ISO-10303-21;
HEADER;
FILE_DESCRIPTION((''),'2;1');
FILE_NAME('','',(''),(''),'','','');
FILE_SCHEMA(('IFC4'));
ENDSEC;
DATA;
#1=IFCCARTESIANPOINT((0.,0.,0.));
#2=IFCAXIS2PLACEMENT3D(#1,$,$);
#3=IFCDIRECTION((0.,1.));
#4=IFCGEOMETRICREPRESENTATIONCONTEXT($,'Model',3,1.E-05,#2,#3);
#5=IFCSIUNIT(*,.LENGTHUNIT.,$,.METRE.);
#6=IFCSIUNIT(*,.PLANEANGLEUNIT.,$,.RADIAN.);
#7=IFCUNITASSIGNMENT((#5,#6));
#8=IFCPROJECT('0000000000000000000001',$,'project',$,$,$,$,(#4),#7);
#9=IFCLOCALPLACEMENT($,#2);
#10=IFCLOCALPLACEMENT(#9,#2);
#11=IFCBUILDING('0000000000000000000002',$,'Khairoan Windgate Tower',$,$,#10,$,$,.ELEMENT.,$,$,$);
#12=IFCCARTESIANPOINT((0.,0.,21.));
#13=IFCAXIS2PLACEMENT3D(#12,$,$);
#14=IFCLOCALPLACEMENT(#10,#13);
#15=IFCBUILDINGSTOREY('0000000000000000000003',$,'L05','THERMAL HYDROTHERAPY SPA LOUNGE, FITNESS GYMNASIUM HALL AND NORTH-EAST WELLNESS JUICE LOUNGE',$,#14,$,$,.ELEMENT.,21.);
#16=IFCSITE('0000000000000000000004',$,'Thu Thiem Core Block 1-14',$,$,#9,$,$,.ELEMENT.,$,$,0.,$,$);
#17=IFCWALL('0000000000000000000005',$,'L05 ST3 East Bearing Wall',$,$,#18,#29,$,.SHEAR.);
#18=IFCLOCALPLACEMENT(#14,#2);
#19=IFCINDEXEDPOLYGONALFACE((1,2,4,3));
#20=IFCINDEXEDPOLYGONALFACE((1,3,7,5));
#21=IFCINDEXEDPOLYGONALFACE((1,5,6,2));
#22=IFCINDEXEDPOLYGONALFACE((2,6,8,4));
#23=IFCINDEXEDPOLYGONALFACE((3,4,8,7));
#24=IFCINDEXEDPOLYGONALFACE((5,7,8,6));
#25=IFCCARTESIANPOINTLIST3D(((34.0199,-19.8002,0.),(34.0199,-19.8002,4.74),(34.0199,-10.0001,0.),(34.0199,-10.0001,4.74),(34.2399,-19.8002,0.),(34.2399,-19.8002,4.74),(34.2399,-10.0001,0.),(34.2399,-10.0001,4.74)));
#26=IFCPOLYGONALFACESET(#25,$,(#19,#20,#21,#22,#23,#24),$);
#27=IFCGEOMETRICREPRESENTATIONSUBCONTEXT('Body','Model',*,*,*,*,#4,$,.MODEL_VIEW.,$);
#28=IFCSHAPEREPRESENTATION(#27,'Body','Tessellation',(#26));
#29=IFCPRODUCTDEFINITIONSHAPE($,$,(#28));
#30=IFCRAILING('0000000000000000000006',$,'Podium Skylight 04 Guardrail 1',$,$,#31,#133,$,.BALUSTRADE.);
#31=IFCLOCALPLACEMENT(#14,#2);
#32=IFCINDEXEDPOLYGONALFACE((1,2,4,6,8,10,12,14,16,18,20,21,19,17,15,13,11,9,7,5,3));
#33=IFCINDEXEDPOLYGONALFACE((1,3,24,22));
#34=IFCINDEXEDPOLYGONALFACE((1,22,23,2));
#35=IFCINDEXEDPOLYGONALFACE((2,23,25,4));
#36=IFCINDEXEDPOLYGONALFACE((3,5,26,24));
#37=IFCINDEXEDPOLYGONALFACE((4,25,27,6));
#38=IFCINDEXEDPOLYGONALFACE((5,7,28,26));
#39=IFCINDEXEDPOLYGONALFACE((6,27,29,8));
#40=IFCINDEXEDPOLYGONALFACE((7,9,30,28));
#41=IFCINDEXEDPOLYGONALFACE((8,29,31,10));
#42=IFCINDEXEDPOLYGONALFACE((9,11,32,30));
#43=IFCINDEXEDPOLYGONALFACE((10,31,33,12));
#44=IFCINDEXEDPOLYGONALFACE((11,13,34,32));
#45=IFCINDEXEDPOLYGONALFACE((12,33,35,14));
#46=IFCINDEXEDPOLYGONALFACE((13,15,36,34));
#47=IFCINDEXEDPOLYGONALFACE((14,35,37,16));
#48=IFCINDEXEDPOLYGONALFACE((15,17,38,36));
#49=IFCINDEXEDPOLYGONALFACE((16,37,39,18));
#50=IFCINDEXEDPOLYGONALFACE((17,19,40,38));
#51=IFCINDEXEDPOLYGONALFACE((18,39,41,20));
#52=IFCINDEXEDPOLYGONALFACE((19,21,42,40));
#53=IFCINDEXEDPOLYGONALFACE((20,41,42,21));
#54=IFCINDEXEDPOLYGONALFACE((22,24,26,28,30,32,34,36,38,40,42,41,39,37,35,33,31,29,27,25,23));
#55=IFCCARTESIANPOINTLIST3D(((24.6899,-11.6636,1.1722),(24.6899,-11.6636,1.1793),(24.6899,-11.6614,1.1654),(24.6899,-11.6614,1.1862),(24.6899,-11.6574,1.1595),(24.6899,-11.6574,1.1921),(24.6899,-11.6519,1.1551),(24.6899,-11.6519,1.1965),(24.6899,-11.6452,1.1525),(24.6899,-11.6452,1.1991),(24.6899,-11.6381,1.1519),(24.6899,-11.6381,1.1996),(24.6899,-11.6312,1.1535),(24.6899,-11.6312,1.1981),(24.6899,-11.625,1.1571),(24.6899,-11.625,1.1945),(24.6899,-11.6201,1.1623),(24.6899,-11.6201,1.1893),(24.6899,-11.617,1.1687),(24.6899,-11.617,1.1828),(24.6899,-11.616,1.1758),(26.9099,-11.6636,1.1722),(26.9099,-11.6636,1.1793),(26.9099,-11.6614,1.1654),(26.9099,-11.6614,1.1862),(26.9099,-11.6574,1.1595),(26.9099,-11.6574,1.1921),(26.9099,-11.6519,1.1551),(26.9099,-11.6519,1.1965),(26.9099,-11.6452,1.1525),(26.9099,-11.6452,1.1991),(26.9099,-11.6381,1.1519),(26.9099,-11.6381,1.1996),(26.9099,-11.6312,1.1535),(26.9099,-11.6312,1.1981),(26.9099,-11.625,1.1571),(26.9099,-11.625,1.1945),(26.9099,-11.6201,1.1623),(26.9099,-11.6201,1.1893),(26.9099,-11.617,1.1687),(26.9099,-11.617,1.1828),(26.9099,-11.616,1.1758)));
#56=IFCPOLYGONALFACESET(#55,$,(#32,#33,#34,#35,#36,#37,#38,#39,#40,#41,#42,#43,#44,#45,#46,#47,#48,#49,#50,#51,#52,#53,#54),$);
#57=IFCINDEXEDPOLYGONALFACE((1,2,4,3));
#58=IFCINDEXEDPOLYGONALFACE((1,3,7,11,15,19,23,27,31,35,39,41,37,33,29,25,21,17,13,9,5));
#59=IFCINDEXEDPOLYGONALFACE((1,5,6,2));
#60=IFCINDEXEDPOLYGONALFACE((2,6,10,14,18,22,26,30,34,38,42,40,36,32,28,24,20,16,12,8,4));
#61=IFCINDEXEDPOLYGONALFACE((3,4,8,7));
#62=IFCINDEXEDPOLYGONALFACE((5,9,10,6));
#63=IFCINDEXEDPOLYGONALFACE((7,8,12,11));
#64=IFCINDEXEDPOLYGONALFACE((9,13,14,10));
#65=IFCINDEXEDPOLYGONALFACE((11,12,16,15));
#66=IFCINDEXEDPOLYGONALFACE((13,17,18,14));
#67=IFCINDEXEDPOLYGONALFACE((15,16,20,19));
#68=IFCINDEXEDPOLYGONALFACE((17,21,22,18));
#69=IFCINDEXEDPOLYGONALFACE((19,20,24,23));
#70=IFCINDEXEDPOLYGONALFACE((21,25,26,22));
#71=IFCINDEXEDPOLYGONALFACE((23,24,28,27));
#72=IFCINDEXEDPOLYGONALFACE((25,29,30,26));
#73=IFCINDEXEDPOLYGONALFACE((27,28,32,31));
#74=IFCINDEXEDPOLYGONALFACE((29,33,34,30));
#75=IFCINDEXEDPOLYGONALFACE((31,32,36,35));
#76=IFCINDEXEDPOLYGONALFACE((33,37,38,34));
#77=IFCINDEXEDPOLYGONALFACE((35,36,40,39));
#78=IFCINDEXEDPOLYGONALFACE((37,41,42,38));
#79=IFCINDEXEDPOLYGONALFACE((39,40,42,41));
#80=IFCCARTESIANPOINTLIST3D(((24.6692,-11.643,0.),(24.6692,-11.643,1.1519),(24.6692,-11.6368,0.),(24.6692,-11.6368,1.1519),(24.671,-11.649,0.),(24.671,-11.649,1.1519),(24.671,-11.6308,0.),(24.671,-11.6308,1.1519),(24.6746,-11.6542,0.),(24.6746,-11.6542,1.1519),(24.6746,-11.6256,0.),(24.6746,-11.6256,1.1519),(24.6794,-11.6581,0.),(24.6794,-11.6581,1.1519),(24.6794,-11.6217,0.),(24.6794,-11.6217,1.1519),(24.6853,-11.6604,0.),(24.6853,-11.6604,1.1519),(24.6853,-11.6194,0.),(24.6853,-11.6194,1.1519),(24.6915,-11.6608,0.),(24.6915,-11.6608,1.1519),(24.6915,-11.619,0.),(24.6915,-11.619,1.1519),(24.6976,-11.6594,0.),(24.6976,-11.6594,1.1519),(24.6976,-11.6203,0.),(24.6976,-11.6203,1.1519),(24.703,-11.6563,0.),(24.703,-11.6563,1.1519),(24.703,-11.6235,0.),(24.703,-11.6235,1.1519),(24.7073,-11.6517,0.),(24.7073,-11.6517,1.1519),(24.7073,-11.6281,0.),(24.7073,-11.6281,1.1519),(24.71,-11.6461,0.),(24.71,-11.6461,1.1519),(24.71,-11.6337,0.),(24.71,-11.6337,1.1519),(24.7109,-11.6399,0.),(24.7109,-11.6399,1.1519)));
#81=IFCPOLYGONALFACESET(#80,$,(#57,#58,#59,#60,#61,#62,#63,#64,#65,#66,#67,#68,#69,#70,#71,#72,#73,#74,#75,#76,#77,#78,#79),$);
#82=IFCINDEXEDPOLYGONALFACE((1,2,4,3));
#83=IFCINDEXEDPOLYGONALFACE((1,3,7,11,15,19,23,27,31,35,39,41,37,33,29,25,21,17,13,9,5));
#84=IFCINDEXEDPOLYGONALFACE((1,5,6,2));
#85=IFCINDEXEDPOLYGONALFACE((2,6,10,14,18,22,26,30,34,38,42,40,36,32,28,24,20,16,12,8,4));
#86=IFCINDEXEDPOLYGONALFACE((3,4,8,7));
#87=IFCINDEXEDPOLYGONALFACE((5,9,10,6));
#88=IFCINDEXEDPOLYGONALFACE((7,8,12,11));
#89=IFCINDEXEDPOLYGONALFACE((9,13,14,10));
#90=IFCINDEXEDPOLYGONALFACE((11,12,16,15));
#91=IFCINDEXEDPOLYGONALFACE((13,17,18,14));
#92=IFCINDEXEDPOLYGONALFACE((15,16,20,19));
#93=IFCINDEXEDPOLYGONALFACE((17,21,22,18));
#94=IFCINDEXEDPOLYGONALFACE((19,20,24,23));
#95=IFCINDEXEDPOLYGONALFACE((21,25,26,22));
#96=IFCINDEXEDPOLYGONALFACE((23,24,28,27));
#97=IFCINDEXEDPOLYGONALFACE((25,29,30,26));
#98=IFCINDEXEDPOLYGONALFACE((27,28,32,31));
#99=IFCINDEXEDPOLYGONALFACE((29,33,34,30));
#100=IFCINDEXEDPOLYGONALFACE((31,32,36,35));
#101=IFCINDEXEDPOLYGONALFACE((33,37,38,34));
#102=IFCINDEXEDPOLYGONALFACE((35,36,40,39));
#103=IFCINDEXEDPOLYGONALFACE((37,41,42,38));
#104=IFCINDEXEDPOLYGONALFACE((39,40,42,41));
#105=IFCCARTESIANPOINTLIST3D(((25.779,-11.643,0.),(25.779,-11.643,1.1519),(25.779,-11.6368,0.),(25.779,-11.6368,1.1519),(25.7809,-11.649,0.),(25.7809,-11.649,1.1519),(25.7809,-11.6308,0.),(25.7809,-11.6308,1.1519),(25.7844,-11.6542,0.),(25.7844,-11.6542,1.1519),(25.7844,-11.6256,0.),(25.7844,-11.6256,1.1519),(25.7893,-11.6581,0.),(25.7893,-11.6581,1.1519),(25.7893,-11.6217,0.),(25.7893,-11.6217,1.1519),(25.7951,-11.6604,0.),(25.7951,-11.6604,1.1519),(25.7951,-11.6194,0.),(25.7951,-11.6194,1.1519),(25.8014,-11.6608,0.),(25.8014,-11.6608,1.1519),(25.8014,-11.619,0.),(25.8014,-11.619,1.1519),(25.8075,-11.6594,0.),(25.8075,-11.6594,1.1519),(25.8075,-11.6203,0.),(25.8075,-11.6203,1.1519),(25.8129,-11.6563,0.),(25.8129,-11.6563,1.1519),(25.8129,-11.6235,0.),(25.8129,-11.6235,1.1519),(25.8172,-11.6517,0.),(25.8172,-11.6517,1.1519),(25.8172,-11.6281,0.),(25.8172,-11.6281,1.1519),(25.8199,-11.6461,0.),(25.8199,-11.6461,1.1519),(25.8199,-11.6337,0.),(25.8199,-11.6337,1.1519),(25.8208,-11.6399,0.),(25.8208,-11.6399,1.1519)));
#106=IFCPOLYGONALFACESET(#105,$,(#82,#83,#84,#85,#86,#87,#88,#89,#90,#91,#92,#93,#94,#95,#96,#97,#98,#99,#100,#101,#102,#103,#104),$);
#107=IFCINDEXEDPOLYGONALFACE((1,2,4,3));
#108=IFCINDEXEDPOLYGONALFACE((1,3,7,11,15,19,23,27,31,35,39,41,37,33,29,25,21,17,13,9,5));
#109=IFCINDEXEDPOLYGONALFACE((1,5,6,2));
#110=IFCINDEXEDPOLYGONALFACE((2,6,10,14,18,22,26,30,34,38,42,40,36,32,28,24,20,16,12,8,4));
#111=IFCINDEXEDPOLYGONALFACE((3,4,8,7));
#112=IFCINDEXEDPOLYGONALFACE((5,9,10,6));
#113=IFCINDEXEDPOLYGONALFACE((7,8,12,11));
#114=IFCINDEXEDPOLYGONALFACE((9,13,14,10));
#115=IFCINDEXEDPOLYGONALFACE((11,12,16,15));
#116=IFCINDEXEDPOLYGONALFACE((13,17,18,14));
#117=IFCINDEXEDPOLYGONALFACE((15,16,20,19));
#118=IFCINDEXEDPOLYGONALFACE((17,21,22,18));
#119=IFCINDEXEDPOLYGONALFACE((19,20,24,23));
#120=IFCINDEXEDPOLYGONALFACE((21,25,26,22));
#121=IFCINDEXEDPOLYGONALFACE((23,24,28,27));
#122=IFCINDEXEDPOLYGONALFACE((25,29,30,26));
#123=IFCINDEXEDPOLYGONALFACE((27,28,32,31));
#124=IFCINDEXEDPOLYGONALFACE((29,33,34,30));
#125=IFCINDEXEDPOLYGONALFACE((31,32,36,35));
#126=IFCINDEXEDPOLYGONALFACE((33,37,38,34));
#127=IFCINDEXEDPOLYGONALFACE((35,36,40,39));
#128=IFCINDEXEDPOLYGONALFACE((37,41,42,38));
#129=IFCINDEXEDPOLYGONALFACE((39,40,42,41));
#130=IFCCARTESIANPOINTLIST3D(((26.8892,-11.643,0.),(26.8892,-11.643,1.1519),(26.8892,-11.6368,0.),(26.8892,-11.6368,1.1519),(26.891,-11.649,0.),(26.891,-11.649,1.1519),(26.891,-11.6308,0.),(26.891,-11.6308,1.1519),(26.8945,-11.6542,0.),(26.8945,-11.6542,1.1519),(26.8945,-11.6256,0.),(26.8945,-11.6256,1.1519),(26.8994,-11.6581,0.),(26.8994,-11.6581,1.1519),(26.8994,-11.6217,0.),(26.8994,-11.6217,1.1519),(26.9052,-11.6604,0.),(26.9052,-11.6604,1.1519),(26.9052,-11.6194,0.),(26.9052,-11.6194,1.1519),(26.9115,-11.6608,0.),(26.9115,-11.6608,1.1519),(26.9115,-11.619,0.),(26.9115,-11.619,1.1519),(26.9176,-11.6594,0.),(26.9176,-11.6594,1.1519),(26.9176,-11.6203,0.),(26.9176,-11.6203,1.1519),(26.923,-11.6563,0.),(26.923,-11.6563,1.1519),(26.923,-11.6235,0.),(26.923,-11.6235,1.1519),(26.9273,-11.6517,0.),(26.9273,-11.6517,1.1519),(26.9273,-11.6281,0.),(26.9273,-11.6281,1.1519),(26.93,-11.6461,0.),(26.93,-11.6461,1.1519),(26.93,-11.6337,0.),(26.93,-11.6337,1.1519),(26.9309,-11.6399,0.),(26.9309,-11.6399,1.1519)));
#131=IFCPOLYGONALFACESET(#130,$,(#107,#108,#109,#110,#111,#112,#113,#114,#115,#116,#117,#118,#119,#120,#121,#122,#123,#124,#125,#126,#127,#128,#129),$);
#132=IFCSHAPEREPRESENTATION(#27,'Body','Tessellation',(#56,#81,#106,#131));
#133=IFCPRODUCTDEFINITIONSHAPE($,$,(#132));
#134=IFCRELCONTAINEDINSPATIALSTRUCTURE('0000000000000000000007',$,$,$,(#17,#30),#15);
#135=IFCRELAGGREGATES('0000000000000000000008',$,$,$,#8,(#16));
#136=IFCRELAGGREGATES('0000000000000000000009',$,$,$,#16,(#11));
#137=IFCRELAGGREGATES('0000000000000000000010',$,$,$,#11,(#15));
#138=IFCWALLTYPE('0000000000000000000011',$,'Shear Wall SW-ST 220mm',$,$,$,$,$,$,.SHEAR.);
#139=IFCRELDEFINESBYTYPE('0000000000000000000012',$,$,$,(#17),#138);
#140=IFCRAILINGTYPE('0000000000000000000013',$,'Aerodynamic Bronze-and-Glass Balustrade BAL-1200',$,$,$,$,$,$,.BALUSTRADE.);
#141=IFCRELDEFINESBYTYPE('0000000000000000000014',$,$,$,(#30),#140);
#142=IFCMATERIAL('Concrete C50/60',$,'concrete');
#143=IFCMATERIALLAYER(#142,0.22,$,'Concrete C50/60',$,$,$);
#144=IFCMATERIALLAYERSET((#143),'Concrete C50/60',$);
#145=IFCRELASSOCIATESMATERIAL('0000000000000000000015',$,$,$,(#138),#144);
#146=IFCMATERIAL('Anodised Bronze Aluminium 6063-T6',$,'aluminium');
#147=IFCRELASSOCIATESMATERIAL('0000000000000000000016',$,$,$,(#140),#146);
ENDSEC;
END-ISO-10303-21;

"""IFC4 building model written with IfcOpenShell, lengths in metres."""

from ifc_helpers import new_model, si_unit, direction, frame, frame_2d, origin, origin_2d, place, context, subcontext, project, spatial, rectangle, circle, extrude, material, layer, layer_set, type_object, element, save


model = new_model("IFC4")

# Units and contexts
model_context = context("Model", 3, precision=1e-05, world=origin(), true_north=direction((0.0, 1.0)))
body_context = subcontext(model_context, "Body", "Model", "MODEL_VIEW")
ifc_project = project(units=[si_unit("LENGTHUNIT", "METRE"), si_unit("PLANEANGLEUNIT", "RADIAN")], contexts=[model_context])

# Site, building, storey
site_placement = place(None, origin())
site = spatial("IfcSite", under=ifc_project, at=site_placement, Name="Thu Thiem Core Block 1-14", CompositionType="ELEMENT", RefElevation=0.0)
building_placement = place(site_placement, origin())
building = spatial("IfcBuilding", under=site, at=building_placement, Name="Khairoan Windgate Tower", CompositionType="ELEMENT")
storey_placement = place(building_placement, frame((0.0, 0.0, 21.0)))
storey = spatial("IfcBuildingStorey", under=building, at=storey_placement, Name="L05", Description="THERMAL HYDROTHERAPY SPA LOUNGE, FITNESS GYMNASIUM HALL AND NORTH-EAST WELLNESS JUICE LOUNGE", CompositionType="ELEMENT", Elevation=21.0)

# Wall
ifc_material_1 = material(Name="Concrete C50/60", Category="concrete")
ifc_layer_1 = layer(ifc_material_1, 0.22, Name="Concrete C50/60")
ifc_layer_set_1 = layer_set([ifc_layer_1], Name="Concrete C50/60")
wall_type = type_object("IfcWallType", Name="Shear Wall SW-ST 220mm", PredefinedType="SHEAR", material=ifc_layer_set_1)
for number, where, z_axis, x_axis, name in (
    (1, (34.1299, -19.8, 0.0), (0.0, 0.0, 1.0), (0.0, 1.0, 0.0), "L05 ST3 East Bearing Wall"),
):
    element("IfcWall", number, at=place(storey_placement, frame(where, z_axis=z_axis, x_axis=x_axis)), inside=storey, type_object=wall_type, Name=name, PredefinedType="SHEAR", context=body_context, shape_type="SweptSolid", body=[
        extrude(rectangle(XDim=9.8, YDim=0.22, at=frame_2d((4.8999, 0.0))), origin(), (0.0, 0.0, 1.0), 4.74),
    ])

# Railing
ifc_material_2 = material(Name="Anodised Bronze Aluminium 6063-T6", Category="aluminium")
railing_type_1 = type_object("IfcRailingType", Name="Aerodynamic Bronze-and-Glass Balustrade BAL-1200", PredefinedType="BALUSTRADE", material=ifc_material_2)
railing_1_placement = place(storey_placement, frame((24.6899, -11.6399, 0.0)))
element("IfcRailing", 2, at=railing_1_placement, inside=storey, type_object=railing_type_1, Name="Podium Skylight 04 Guardrail 1", PredefinedType="BALUSTRADE", context=body_context, shape_type="SweptSolid", body=[
    extrude(circle(Radius=0.0239, at=origin_2d()), frame((0.0, 0.0, 1.1758), z_axis=(1.0, 0.0, 0.0), x_axis=(0.0, 1.0, 0.0)), (0.0, 0.0, 1.0), 2.22),
    extrude(circle(Radius=0.021, at=origin_2d()), origin(), (0.0, 0.0, 1.0), 1.1519),
    extrude(circle(Radius=0.021, at=origin_2d()), frame((1.1099, 0.0, 0.0)), (0.0, 0.0, 1.0), 1.1519),
    extrude(circle(Radius=0.021, at=origin_2d()), frame((2.22, 0.0, 0.0)), (0.0, 0.0, 1.0), 1.1519),
])

save(model, "model.ifc")
